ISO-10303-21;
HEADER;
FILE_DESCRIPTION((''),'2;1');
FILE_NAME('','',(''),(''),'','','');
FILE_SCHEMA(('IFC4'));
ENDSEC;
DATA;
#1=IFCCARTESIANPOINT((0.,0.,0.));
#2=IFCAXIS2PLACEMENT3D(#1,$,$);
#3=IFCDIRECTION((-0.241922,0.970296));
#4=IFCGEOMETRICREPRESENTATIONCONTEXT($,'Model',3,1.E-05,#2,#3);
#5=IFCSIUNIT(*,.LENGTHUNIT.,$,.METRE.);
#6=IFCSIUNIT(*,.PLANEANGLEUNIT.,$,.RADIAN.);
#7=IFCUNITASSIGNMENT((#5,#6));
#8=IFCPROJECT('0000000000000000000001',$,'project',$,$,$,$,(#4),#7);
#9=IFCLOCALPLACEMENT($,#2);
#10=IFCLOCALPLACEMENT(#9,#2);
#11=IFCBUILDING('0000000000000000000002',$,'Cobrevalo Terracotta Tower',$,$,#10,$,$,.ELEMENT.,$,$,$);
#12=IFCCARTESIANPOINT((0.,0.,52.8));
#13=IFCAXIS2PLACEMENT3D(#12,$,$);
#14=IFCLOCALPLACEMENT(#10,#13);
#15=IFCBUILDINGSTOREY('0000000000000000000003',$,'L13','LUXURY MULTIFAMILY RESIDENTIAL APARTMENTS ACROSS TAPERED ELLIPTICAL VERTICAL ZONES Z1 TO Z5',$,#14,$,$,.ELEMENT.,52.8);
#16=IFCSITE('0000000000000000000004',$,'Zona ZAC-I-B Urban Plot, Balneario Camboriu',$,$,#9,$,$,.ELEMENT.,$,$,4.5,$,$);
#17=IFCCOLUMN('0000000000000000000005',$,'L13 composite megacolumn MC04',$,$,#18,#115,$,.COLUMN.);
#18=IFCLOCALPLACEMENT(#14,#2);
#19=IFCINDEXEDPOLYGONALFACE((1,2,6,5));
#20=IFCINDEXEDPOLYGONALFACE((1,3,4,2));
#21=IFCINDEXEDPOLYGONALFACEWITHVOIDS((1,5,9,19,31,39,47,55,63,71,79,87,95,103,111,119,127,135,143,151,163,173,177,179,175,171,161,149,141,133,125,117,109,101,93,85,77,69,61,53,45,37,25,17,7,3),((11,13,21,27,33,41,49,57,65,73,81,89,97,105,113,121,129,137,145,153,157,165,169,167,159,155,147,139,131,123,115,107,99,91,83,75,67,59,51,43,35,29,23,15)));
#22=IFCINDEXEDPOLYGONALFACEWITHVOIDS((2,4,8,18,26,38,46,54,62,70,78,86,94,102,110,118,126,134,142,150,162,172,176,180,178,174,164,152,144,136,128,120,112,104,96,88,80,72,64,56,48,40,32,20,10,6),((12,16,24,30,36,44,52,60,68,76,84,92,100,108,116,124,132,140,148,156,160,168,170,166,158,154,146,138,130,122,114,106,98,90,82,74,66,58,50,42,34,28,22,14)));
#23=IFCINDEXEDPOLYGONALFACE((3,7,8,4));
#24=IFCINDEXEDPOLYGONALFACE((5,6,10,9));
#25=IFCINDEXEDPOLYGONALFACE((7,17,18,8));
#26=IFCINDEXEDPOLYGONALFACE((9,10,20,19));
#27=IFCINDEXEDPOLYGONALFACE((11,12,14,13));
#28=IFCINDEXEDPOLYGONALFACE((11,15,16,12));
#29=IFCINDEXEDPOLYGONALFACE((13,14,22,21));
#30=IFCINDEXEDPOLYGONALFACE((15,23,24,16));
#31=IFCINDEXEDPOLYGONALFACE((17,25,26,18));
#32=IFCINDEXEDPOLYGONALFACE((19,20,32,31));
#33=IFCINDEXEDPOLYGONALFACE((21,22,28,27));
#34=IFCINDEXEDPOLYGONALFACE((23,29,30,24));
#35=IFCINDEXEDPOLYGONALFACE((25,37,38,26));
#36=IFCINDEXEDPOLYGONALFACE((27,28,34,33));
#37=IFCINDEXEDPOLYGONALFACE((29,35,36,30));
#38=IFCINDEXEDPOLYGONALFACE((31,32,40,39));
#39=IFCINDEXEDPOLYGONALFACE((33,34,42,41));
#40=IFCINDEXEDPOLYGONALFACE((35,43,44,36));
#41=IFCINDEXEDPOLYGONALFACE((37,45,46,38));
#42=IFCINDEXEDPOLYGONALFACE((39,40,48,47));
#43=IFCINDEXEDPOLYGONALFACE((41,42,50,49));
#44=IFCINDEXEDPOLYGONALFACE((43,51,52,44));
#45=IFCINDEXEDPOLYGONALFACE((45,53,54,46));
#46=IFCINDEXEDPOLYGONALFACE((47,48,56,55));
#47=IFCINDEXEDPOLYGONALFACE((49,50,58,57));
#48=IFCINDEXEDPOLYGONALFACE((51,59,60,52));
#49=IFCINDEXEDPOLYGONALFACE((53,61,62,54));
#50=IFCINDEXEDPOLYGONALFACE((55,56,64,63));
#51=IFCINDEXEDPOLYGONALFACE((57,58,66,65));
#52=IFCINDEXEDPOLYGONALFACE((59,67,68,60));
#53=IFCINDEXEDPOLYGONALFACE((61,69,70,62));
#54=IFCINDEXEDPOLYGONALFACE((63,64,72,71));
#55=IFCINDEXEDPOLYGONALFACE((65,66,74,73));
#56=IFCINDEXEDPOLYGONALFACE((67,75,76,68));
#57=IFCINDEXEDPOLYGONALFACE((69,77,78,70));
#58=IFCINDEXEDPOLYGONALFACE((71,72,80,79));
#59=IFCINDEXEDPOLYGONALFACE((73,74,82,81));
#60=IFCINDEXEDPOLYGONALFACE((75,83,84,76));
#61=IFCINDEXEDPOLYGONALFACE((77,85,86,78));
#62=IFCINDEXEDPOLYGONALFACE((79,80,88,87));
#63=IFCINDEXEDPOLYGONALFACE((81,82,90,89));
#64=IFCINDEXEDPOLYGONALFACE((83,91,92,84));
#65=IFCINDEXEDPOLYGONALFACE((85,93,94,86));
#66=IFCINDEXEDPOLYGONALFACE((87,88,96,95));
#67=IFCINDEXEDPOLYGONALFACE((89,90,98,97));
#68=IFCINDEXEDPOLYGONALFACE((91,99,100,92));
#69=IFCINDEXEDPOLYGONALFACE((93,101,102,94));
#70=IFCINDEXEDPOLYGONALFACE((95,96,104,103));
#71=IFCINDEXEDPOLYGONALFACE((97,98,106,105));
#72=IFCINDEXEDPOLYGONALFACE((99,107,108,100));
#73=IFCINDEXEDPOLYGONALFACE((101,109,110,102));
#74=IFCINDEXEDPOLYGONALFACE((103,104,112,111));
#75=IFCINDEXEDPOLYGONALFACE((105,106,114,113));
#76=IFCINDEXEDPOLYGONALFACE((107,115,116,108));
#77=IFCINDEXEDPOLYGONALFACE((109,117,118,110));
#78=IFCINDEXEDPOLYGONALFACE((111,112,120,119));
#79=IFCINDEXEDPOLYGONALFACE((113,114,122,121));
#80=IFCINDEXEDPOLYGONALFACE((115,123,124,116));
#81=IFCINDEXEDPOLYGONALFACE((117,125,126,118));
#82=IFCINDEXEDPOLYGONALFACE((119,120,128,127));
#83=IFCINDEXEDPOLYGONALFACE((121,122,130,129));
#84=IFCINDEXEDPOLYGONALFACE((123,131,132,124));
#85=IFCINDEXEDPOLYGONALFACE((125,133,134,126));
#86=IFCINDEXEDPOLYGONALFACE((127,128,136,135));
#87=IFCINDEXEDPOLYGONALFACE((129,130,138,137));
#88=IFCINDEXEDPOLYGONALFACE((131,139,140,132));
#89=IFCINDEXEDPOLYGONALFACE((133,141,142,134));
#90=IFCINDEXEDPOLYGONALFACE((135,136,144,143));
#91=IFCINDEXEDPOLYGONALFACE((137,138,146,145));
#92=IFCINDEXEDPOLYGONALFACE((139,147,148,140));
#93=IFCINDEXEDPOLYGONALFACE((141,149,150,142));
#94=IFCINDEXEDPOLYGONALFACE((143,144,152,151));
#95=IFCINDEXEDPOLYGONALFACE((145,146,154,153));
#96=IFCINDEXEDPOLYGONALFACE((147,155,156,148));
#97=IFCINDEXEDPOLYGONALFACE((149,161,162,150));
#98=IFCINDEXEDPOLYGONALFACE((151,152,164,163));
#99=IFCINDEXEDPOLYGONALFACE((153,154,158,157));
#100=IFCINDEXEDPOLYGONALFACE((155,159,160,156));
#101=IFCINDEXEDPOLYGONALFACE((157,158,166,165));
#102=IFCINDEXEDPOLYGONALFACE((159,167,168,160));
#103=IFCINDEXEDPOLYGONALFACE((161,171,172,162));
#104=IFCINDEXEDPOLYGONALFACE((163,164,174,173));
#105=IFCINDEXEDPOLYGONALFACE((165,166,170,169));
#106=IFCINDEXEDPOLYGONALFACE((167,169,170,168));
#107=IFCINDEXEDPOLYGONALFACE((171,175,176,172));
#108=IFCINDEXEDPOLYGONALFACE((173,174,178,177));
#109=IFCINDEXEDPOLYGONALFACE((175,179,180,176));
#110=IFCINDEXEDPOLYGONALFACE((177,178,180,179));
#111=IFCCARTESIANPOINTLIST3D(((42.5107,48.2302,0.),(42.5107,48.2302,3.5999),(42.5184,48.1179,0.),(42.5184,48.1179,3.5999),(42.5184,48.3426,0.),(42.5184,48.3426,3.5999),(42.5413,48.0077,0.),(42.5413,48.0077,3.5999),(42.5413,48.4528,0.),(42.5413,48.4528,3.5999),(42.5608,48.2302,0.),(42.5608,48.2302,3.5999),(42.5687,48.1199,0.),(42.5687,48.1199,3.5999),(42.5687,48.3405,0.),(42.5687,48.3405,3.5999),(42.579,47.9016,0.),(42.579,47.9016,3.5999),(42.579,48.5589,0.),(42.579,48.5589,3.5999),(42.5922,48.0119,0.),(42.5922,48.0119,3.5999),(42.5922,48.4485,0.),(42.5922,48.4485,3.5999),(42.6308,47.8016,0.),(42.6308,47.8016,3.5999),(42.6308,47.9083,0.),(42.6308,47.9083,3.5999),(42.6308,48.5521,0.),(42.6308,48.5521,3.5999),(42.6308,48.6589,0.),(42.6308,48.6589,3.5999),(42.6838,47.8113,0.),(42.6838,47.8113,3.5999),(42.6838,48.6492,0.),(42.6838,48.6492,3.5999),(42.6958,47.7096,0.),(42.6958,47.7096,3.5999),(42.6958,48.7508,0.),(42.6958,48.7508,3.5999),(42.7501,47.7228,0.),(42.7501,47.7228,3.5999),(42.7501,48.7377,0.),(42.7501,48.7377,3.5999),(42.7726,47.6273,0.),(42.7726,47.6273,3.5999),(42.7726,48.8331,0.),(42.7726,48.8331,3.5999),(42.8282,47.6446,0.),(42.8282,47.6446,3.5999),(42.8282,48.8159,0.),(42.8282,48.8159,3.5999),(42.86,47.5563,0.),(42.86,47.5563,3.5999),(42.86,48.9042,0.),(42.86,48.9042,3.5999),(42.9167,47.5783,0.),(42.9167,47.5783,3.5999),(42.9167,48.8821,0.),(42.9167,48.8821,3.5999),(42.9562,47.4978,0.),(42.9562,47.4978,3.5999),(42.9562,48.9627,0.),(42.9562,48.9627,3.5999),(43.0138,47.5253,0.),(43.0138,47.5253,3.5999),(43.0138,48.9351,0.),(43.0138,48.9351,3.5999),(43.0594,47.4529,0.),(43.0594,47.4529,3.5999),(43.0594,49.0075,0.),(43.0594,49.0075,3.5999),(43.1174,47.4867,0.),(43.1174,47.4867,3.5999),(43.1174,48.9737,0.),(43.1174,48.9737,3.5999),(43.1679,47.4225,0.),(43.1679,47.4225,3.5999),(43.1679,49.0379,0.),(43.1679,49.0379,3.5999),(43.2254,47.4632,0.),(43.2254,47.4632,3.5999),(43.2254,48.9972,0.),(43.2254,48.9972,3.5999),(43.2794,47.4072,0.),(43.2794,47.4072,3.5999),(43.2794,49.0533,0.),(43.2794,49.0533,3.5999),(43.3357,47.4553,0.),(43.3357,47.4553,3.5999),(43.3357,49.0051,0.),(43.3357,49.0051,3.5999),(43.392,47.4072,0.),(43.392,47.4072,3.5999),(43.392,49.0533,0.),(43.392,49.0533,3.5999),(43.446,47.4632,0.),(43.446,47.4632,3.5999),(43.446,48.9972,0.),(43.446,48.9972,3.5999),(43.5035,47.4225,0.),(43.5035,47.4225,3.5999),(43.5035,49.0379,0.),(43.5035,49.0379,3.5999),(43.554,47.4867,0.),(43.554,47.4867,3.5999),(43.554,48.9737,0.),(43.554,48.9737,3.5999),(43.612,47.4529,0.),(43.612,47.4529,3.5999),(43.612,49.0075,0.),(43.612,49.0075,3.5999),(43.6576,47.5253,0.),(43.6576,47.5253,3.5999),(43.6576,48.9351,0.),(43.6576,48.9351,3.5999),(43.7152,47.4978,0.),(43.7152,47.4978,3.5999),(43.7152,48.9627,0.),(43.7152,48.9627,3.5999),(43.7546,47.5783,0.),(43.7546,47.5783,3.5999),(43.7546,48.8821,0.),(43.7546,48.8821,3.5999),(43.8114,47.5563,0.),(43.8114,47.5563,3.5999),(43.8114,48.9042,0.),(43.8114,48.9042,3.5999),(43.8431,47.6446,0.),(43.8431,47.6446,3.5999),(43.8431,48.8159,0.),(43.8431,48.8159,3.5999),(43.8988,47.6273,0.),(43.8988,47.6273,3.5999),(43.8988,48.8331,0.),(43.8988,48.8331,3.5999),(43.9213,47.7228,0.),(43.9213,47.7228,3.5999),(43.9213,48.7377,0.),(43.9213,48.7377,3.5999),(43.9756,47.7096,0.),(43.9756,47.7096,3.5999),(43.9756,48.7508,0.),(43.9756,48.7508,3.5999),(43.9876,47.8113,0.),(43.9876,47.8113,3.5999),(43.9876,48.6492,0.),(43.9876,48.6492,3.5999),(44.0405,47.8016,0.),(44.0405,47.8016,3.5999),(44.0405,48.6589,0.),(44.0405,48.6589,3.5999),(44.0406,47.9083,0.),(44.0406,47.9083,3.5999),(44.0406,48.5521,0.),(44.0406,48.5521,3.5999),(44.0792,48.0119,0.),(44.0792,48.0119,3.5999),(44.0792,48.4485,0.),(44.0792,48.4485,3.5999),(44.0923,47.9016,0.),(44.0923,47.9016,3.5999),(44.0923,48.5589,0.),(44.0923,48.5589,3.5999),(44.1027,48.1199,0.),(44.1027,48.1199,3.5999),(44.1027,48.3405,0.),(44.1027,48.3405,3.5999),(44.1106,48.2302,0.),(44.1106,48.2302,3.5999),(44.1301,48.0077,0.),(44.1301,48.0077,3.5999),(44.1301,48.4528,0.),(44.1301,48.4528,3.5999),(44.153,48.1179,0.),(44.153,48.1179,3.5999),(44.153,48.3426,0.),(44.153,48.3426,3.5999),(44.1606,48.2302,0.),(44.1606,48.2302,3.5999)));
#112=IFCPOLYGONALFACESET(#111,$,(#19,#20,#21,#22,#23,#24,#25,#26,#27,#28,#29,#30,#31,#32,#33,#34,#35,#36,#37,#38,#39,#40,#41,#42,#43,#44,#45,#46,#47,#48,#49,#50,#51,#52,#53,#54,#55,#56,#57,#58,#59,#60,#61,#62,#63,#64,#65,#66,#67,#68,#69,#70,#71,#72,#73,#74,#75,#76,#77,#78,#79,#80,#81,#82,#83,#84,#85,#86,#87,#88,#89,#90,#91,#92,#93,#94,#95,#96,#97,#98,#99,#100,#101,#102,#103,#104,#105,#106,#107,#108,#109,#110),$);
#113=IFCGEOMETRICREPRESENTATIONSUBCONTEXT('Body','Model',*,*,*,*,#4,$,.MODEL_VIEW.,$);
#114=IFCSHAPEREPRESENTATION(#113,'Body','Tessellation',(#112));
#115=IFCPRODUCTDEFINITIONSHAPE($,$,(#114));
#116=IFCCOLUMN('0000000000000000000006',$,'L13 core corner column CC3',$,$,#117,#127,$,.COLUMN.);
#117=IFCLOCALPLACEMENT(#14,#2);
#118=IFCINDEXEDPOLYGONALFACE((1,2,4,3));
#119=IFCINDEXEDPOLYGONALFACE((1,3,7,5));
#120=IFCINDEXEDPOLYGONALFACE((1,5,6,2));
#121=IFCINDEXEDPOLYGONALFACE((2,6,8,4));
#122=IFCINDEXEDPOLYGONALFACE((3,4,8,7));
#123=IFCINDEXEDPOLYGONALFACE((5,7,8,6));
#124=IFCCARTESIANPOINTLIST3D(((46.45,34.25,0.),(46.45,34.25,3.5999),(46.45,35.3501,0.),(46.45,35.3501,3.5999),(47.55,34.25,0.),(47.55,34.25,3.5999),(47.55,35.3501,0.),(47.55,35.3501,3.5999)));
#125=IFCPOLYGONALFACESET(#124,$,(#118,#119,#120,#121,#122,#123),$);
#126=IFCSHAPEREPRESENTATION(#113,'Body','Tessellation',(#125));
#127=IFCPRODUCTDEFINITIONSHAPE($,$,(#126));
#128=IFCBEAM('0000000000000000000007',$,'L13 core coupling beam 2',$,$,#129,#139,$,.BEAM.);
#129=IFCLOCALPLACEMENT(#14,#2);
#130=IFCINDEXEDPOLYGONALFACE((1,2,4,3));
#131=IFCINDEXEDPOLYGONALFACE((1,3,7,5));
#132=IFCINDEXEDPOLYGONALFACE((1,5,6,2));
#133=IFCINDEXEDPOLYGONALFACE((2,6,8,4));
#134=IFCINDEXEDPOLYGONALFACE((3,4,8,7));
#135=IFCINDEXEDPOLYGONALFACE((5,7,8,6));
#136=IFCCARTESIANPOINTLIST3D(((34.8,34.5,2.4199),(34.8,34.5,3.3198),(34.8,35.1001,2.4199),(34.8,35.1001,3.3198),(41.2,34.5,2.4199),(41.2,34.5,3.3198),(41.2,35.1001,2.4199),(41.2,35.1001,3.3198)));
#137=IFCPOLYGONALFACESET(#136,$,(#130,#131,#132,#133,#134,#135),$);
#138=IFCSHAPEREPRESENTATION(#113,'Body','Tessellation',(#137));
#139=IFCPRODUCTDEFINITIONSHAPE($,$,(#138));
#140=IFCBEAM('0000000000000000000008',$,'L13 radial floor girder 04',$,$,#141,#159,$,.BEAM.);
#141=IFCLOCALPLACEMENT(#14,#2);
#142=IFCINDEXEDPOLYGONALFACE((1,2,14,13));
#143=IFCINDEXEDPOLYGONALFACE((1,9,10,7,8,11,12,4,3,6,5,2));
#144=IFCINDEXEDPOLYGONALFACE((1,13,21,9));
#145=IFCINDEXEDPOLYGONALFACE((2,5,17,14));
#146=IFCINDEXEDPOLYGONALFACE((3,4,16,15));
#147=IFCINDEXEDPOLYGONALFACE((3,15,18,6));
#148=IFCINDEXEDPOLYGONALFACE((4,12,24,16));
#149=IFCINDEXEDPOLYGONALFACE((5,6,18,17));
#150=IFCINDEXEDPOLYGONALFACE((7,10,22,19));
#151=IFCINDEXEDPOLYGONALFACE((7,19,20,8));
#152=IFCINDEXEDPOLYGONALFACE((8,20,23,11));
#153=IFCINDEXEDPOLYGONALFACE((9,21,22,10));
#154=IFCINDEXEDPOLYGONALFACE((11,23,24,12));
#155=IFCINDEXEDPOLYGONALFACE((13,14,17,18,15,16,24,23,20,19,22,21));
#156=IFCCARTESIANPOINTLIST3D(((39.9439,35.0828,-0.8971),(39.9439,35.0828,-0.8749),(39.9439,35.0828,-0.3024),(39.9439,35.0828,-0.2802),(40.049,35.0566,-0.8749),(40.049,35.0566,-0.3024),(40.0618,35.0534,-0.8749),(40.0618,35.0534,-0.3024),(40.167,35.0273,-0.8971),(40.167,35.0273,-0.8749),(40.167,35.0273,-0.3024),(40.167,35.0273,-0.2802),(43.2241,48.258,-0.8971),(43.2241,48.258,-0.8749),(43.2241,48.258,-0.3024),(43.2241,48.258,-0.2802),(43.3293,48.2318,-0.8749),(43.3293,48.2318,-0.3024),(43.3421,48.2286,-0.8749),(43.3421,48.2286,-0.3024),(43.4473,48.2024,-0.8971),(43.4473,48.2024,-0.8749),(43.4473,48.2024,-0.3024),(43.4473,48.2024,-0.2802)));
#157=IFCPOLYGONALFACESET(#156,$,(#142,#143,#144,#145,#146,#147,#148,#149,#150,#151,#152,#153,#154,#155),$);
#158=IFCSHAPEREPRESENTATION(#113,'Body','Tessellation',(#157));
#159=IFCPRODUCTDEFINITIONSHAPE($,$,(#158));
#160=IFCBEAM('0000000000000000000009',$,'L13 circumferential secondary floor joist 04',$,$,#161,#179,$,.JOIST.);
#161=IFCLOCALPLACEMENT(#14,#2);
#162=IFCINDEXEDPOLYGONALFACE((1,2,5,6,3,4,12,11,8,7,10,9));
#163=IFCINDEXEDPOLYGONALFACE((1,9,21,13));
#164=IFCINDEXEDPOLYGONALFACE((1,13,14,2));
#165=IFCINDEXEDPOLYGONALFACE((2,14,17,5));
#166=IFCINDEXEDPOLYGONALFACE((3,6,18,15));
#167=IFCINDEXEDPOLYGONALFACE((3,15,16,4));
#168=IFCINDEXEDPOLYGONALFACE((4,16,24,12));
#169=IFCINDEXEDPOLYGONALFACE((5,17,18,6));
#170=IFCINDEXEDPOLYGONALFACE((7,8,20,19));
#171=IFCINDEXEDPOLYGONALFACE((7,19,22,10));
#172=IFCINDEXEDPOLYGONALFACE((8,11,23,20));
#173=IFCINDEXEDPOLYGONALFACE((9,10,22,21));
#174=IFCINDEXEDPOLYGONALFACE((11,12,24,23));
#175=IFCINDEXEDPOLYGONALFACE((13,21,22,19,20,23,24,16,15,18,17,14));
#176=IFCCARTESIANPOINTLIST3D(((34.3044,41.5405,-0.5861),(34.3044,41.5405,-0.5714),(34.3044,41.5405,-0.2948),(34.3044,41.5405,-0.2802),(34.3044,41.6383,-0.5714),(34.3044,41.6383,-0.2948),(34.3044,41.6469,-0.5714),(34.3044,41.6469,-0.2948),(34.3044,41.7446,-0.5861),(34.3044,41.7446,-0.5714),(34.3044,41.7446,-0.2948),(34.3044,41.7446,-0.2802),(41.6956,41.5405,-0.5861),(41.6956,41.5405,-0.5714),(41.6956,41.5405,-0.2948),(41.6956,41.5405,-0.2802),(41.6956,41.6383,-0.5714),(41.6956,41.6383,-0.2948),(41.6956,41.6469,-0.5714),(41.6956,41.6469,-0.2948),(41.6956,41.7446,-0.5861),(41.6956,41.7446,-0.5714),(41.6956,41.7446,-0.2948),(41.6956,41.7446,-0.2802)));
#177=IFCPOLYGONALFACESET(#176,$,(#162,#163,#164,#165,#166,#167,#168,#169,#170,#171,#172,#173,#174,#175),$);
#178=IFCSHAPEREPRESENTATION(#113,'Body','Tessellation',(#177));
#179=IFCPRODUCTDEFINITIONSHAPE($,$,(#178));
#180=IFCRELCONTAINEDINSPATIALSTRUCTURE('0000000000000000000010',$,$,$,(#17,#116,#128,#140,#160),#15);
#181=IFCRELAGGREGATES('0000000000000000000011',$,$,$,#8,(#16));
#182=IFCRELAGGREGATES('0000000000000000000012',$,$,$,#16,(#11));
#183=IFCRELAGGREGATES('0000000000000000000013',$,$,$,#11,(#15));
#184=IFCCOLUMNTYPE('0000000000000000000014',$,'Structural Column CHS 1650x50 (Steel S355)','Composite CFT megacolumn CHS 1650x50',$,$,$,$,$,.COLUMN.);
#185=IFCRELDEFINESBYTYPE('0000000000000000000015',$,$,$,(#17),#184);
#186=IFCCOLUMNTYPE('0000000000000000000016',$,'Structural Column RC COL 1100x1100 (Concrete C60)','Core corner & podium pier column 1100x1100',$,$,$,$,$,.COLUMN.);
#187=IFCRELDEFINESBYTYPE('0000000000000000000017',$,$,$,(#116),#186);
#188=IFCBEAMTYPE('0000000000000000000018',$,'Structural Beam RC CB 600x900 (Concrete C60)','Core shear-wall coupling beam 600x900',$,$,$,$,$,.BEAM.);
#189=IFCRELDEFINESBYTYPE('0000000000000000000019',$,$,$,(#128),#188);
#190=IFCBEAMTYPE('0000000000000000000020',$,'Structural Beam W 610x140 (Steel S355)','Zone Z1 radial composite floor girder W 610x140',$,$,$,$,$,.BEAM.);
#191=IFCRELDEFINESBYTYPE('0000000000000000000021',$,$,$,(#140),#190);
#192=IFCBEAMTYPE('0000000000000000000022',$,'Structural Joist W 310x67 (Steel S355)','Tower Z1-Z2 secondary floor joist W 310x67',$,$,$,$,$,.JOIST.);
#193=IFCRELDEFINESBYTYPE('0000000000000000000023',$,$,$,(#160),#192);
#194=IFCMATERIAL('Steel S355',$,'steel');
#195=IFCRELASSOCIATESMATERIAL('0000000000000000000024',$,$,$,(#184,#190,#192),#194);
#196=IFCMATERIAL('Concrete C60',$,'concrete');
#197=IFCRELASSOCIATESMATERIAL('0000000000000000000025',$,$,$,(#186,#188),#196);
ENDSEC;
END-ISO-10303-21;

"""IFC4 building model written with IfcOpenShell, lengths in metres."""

from ifc_helpers import new_model, si_unit, direction, frame, origin, origin_2d, place, context, subcontext, project, spatial, rectangle, hollow_circle, i_section, extrude, material, material_profile, profile_set, type_object, element, save


model = new_model("IFC4")

# Units and contexts
model_context = context("Model", 3, precision=1e-05, world=origin(), true_north=direction((-0.241922, 0.970296)))
body_context = subcontext(model_context, "Body", "Model", "MODEL_VIEW")
ifc_project = project(units=[si_unit("LENGTHUNIT", "METRE"), si_unit("PLANEANGLEUNIT", "RADIAN")], contexts=[model_context])

# Site, building, storey
site_placement = place(None, origin())
site = spatial("IfcSite", under=ifc_project, at=site_placement, Name="Zona ZAC-I-B Urban Plot, Balneario Camboriu", CompositionType="ELEMENT", RefElevation=4.5)
building_placement = place(site_placement, origin())
building = spatial("IfcBuilding", under=site, at=building_placement, Name="Cobrevalo Terracotta Tower", CompositionType="ELEMENT")
storey_placement = place(building_placement, frame((0.0, 0.0, 52.8)))
storey = spatial("IfcBuildingStorey", under=building, at=storey_placement, Name="L13", Description="LUXURY MULTIFAMILY RESIDENTIAL APARTMENTS ACROSS TAPERED ELLIPTICAL VERTICAL ZONES Z1 TO Z5", CompositionType="ELEMENT", Elevation=52.8)

# Columns
ifc_material_1 = material(Name="Steel S355", Category="steel")
ifc_material_profile_1 = material_profile(ifc_material_1, hollow_circle(Radius=0.825, WallThickness=0.05, at=origin_2d()), Name="CHS 1650x50")
ifc_profile_set_1 = profile_set([ifc_material_profile_1], Name="Steel S355")
column_type_1 = type_object("IfcColumnType", Name="Structural Column CHS 1650x50 (Steel S355)", Description="Composite CFT megacolumn CHS 1650x50", PredefinedType="COLUMN", material=ifc_profile_set_1)
column_1_placement = place(storey_placement, frame((43.3357, 48.2302, 0.0), z_axis=(0.0, 0.0, 1.0), x_axis=(1.0, 0.0, 0.0)))
element("IfcColumn", 1, at=column_1_placement, inside=storey, type_object=column_type_1, Name="L13 composite megacolumn MC04", PredefinedType="COLUMN", context=body_context, shape_type="SweptSolid", body=[
    extrude(hollow_circle(Radius=0.825, WallThickness=0.05, at=origin_2d()), origin(), (0.0, 0.0, 1.0), 3.5999),
])
ifc_material_2 = material(Name="Concrete C60", Category="concrete")
ifc_material_profile_2 = material_profile(ifc_material_2, rectangle(XDim=1.1001, YDim=1.1001, at=origin_2d()), Name="RC COL 1100x1100")
ifc_profile_set_2 = profile_set([ifc_material_profile_2], Name="Concrete C60")
column_type_2 = type_object("IfcColumnType", Name="Structural Column RC COL 1100x1100 (Concrete C60)", Description="Core corner & podium pier column 1100x1100", PredefinedType="COLUMN", material=ifc_profile_set_2)
column_2_placement = place(storey_placement, frame((47.0, 34.8, 0.0), z_axis=(0.0, 0.0, 1.0), x_axis=(1.0, 0.0, 0.0)))
element("IfcColumn", 2, at=column_2_placement, inside=storey, type_object=column_type_2, Name="L13 core corner column CC3", PredefinedType="COLUMN", context=body_context, shape_type="SweptSolid", body=[
    extrude(rectangle(XDim=1.1001, YDim=1.1001, at=origin_2d()), origin(), (0.0, 0.0, 1.0), 3.5999),
])

# Beams
ifc_material_profile_3 = material_profile(ifc_material_2, rectangle(XDim=0.6001, YDim=0.8999, at=origin_2d()), Name="RC CB 600x900")
ifc_profile_set_3 = profile_set([ifc_material_profile_3], Name="Concrete C60")
beam_type_1 = type_object("IfcBeamType", Name="Structural Beam RC CB 600x900 (Concrete C60)", Description="Core shear-wall coupling beam 600x900", PredefinedType="BEAM", material=ifc_profile_set_3)
beam_1_placement = place(storey_placement, frame((34.8, 34.8, 2.8699), z_axis=(1.0, 0.0, 0.0), x_axis=(0.0, 1.0, 0.0)))
element("IfcBeam", 3, at=beam_1_placement, inside=storey, type_object=beam_type_1, Name="L13 core coupling beam 2", PredefinedType="BEAM", context=body_context, shape_type="SweptSolid", body=[
    extrude(rectangle(XDim=0.6001, YDim=0.8999, at=origin_2d()), origin(), (0.0, 0.0, 1.0), 6.3999),
])
ifc_material_profile_4 = material_profile(ifc_material_1, i_section(OverallWidth=0.23, OverallDepth=0.6169, WebThickness=0.0132, FlangeThickness=0.0222, at=origin_2d()), Name="W 610x140")
ifc_profile_set_4 = profile_set([ifc_material_profile_4], Name="Steel S355")
beam_type_2 = type_object("IfcBeamType", Name="Structural Beam W 610x140 (Steel S355)", Description="Zone Z1 radial composite floor girder W 610x140", PredefinedType="BEAM", material=ifc_profile_set_4)
beam_2_placement = place(storey_placement, frame((43.3357, 48.2302, -0.5886), z_axis=(-0.241596, -0.970377, 0.0), x_axis=(0.970377, -0.241596, 0.0)))
element("IfcBeam", 4, at=beam_2_placement, inside=storey, type_object=beam_type_2, Name="L13 radial floor girder 04", PredefinedType="BEAM", context=body_context, shape_type="SweptSolid", body=[
    extrude(i_section(OverallWidth=0.23, OverallDepth=0.6169, WebThickness=0.0132, FlangeThickness=0.0222, at=origin_2d()), origin(), (0.0, 0.0, 1.0), 13.5774),
])
ifc_material_profile_5 = material_profile(ifc_material_1, i_section(OverallWidth=0.2041, OverallDepth=0.3059, WebThickness=0.0085, FlangeThickness=0.0146, at=origin_2d()), Name="W 310x67")
ifc_profile_set_5 = profile_set([ifc_material_profile_5], Name="Steel S355")
beam_type_3 = type_object("IfcBeamType", Name="Structural Joist W 310x67 (Steel S355)", Description="Tower Z1-Z2 secondary floor joist W 310x67", PredefinedType="JOIST", material=ifc_profile_set_5)
beam_3_placement = place(storey_placement, frame((41.6956, 41.6426, -0.4331), z_axis=(-1.0, 0.0, 0.0), x_axis=(0.0, -1.0, 0.0)))
element("IfcBeam", 5, at=beam_3_placement, inside=storey, type_object=beam_type_3, Name="L13 circumferential secondary floor joist 04", PredefinedType="JOIST", context=body_context, shape_type="SweptSolid", body=[
    extrude(i_section(OverallWidth=0.2041, OverallDepth=0.3059, WebThickness=0.0085, FlangeThickness=0.0146, at=origin_2d()), origin(), (0.0, 0.0, 1.0), 7.3911),
])

save(model, "model.ifc")
